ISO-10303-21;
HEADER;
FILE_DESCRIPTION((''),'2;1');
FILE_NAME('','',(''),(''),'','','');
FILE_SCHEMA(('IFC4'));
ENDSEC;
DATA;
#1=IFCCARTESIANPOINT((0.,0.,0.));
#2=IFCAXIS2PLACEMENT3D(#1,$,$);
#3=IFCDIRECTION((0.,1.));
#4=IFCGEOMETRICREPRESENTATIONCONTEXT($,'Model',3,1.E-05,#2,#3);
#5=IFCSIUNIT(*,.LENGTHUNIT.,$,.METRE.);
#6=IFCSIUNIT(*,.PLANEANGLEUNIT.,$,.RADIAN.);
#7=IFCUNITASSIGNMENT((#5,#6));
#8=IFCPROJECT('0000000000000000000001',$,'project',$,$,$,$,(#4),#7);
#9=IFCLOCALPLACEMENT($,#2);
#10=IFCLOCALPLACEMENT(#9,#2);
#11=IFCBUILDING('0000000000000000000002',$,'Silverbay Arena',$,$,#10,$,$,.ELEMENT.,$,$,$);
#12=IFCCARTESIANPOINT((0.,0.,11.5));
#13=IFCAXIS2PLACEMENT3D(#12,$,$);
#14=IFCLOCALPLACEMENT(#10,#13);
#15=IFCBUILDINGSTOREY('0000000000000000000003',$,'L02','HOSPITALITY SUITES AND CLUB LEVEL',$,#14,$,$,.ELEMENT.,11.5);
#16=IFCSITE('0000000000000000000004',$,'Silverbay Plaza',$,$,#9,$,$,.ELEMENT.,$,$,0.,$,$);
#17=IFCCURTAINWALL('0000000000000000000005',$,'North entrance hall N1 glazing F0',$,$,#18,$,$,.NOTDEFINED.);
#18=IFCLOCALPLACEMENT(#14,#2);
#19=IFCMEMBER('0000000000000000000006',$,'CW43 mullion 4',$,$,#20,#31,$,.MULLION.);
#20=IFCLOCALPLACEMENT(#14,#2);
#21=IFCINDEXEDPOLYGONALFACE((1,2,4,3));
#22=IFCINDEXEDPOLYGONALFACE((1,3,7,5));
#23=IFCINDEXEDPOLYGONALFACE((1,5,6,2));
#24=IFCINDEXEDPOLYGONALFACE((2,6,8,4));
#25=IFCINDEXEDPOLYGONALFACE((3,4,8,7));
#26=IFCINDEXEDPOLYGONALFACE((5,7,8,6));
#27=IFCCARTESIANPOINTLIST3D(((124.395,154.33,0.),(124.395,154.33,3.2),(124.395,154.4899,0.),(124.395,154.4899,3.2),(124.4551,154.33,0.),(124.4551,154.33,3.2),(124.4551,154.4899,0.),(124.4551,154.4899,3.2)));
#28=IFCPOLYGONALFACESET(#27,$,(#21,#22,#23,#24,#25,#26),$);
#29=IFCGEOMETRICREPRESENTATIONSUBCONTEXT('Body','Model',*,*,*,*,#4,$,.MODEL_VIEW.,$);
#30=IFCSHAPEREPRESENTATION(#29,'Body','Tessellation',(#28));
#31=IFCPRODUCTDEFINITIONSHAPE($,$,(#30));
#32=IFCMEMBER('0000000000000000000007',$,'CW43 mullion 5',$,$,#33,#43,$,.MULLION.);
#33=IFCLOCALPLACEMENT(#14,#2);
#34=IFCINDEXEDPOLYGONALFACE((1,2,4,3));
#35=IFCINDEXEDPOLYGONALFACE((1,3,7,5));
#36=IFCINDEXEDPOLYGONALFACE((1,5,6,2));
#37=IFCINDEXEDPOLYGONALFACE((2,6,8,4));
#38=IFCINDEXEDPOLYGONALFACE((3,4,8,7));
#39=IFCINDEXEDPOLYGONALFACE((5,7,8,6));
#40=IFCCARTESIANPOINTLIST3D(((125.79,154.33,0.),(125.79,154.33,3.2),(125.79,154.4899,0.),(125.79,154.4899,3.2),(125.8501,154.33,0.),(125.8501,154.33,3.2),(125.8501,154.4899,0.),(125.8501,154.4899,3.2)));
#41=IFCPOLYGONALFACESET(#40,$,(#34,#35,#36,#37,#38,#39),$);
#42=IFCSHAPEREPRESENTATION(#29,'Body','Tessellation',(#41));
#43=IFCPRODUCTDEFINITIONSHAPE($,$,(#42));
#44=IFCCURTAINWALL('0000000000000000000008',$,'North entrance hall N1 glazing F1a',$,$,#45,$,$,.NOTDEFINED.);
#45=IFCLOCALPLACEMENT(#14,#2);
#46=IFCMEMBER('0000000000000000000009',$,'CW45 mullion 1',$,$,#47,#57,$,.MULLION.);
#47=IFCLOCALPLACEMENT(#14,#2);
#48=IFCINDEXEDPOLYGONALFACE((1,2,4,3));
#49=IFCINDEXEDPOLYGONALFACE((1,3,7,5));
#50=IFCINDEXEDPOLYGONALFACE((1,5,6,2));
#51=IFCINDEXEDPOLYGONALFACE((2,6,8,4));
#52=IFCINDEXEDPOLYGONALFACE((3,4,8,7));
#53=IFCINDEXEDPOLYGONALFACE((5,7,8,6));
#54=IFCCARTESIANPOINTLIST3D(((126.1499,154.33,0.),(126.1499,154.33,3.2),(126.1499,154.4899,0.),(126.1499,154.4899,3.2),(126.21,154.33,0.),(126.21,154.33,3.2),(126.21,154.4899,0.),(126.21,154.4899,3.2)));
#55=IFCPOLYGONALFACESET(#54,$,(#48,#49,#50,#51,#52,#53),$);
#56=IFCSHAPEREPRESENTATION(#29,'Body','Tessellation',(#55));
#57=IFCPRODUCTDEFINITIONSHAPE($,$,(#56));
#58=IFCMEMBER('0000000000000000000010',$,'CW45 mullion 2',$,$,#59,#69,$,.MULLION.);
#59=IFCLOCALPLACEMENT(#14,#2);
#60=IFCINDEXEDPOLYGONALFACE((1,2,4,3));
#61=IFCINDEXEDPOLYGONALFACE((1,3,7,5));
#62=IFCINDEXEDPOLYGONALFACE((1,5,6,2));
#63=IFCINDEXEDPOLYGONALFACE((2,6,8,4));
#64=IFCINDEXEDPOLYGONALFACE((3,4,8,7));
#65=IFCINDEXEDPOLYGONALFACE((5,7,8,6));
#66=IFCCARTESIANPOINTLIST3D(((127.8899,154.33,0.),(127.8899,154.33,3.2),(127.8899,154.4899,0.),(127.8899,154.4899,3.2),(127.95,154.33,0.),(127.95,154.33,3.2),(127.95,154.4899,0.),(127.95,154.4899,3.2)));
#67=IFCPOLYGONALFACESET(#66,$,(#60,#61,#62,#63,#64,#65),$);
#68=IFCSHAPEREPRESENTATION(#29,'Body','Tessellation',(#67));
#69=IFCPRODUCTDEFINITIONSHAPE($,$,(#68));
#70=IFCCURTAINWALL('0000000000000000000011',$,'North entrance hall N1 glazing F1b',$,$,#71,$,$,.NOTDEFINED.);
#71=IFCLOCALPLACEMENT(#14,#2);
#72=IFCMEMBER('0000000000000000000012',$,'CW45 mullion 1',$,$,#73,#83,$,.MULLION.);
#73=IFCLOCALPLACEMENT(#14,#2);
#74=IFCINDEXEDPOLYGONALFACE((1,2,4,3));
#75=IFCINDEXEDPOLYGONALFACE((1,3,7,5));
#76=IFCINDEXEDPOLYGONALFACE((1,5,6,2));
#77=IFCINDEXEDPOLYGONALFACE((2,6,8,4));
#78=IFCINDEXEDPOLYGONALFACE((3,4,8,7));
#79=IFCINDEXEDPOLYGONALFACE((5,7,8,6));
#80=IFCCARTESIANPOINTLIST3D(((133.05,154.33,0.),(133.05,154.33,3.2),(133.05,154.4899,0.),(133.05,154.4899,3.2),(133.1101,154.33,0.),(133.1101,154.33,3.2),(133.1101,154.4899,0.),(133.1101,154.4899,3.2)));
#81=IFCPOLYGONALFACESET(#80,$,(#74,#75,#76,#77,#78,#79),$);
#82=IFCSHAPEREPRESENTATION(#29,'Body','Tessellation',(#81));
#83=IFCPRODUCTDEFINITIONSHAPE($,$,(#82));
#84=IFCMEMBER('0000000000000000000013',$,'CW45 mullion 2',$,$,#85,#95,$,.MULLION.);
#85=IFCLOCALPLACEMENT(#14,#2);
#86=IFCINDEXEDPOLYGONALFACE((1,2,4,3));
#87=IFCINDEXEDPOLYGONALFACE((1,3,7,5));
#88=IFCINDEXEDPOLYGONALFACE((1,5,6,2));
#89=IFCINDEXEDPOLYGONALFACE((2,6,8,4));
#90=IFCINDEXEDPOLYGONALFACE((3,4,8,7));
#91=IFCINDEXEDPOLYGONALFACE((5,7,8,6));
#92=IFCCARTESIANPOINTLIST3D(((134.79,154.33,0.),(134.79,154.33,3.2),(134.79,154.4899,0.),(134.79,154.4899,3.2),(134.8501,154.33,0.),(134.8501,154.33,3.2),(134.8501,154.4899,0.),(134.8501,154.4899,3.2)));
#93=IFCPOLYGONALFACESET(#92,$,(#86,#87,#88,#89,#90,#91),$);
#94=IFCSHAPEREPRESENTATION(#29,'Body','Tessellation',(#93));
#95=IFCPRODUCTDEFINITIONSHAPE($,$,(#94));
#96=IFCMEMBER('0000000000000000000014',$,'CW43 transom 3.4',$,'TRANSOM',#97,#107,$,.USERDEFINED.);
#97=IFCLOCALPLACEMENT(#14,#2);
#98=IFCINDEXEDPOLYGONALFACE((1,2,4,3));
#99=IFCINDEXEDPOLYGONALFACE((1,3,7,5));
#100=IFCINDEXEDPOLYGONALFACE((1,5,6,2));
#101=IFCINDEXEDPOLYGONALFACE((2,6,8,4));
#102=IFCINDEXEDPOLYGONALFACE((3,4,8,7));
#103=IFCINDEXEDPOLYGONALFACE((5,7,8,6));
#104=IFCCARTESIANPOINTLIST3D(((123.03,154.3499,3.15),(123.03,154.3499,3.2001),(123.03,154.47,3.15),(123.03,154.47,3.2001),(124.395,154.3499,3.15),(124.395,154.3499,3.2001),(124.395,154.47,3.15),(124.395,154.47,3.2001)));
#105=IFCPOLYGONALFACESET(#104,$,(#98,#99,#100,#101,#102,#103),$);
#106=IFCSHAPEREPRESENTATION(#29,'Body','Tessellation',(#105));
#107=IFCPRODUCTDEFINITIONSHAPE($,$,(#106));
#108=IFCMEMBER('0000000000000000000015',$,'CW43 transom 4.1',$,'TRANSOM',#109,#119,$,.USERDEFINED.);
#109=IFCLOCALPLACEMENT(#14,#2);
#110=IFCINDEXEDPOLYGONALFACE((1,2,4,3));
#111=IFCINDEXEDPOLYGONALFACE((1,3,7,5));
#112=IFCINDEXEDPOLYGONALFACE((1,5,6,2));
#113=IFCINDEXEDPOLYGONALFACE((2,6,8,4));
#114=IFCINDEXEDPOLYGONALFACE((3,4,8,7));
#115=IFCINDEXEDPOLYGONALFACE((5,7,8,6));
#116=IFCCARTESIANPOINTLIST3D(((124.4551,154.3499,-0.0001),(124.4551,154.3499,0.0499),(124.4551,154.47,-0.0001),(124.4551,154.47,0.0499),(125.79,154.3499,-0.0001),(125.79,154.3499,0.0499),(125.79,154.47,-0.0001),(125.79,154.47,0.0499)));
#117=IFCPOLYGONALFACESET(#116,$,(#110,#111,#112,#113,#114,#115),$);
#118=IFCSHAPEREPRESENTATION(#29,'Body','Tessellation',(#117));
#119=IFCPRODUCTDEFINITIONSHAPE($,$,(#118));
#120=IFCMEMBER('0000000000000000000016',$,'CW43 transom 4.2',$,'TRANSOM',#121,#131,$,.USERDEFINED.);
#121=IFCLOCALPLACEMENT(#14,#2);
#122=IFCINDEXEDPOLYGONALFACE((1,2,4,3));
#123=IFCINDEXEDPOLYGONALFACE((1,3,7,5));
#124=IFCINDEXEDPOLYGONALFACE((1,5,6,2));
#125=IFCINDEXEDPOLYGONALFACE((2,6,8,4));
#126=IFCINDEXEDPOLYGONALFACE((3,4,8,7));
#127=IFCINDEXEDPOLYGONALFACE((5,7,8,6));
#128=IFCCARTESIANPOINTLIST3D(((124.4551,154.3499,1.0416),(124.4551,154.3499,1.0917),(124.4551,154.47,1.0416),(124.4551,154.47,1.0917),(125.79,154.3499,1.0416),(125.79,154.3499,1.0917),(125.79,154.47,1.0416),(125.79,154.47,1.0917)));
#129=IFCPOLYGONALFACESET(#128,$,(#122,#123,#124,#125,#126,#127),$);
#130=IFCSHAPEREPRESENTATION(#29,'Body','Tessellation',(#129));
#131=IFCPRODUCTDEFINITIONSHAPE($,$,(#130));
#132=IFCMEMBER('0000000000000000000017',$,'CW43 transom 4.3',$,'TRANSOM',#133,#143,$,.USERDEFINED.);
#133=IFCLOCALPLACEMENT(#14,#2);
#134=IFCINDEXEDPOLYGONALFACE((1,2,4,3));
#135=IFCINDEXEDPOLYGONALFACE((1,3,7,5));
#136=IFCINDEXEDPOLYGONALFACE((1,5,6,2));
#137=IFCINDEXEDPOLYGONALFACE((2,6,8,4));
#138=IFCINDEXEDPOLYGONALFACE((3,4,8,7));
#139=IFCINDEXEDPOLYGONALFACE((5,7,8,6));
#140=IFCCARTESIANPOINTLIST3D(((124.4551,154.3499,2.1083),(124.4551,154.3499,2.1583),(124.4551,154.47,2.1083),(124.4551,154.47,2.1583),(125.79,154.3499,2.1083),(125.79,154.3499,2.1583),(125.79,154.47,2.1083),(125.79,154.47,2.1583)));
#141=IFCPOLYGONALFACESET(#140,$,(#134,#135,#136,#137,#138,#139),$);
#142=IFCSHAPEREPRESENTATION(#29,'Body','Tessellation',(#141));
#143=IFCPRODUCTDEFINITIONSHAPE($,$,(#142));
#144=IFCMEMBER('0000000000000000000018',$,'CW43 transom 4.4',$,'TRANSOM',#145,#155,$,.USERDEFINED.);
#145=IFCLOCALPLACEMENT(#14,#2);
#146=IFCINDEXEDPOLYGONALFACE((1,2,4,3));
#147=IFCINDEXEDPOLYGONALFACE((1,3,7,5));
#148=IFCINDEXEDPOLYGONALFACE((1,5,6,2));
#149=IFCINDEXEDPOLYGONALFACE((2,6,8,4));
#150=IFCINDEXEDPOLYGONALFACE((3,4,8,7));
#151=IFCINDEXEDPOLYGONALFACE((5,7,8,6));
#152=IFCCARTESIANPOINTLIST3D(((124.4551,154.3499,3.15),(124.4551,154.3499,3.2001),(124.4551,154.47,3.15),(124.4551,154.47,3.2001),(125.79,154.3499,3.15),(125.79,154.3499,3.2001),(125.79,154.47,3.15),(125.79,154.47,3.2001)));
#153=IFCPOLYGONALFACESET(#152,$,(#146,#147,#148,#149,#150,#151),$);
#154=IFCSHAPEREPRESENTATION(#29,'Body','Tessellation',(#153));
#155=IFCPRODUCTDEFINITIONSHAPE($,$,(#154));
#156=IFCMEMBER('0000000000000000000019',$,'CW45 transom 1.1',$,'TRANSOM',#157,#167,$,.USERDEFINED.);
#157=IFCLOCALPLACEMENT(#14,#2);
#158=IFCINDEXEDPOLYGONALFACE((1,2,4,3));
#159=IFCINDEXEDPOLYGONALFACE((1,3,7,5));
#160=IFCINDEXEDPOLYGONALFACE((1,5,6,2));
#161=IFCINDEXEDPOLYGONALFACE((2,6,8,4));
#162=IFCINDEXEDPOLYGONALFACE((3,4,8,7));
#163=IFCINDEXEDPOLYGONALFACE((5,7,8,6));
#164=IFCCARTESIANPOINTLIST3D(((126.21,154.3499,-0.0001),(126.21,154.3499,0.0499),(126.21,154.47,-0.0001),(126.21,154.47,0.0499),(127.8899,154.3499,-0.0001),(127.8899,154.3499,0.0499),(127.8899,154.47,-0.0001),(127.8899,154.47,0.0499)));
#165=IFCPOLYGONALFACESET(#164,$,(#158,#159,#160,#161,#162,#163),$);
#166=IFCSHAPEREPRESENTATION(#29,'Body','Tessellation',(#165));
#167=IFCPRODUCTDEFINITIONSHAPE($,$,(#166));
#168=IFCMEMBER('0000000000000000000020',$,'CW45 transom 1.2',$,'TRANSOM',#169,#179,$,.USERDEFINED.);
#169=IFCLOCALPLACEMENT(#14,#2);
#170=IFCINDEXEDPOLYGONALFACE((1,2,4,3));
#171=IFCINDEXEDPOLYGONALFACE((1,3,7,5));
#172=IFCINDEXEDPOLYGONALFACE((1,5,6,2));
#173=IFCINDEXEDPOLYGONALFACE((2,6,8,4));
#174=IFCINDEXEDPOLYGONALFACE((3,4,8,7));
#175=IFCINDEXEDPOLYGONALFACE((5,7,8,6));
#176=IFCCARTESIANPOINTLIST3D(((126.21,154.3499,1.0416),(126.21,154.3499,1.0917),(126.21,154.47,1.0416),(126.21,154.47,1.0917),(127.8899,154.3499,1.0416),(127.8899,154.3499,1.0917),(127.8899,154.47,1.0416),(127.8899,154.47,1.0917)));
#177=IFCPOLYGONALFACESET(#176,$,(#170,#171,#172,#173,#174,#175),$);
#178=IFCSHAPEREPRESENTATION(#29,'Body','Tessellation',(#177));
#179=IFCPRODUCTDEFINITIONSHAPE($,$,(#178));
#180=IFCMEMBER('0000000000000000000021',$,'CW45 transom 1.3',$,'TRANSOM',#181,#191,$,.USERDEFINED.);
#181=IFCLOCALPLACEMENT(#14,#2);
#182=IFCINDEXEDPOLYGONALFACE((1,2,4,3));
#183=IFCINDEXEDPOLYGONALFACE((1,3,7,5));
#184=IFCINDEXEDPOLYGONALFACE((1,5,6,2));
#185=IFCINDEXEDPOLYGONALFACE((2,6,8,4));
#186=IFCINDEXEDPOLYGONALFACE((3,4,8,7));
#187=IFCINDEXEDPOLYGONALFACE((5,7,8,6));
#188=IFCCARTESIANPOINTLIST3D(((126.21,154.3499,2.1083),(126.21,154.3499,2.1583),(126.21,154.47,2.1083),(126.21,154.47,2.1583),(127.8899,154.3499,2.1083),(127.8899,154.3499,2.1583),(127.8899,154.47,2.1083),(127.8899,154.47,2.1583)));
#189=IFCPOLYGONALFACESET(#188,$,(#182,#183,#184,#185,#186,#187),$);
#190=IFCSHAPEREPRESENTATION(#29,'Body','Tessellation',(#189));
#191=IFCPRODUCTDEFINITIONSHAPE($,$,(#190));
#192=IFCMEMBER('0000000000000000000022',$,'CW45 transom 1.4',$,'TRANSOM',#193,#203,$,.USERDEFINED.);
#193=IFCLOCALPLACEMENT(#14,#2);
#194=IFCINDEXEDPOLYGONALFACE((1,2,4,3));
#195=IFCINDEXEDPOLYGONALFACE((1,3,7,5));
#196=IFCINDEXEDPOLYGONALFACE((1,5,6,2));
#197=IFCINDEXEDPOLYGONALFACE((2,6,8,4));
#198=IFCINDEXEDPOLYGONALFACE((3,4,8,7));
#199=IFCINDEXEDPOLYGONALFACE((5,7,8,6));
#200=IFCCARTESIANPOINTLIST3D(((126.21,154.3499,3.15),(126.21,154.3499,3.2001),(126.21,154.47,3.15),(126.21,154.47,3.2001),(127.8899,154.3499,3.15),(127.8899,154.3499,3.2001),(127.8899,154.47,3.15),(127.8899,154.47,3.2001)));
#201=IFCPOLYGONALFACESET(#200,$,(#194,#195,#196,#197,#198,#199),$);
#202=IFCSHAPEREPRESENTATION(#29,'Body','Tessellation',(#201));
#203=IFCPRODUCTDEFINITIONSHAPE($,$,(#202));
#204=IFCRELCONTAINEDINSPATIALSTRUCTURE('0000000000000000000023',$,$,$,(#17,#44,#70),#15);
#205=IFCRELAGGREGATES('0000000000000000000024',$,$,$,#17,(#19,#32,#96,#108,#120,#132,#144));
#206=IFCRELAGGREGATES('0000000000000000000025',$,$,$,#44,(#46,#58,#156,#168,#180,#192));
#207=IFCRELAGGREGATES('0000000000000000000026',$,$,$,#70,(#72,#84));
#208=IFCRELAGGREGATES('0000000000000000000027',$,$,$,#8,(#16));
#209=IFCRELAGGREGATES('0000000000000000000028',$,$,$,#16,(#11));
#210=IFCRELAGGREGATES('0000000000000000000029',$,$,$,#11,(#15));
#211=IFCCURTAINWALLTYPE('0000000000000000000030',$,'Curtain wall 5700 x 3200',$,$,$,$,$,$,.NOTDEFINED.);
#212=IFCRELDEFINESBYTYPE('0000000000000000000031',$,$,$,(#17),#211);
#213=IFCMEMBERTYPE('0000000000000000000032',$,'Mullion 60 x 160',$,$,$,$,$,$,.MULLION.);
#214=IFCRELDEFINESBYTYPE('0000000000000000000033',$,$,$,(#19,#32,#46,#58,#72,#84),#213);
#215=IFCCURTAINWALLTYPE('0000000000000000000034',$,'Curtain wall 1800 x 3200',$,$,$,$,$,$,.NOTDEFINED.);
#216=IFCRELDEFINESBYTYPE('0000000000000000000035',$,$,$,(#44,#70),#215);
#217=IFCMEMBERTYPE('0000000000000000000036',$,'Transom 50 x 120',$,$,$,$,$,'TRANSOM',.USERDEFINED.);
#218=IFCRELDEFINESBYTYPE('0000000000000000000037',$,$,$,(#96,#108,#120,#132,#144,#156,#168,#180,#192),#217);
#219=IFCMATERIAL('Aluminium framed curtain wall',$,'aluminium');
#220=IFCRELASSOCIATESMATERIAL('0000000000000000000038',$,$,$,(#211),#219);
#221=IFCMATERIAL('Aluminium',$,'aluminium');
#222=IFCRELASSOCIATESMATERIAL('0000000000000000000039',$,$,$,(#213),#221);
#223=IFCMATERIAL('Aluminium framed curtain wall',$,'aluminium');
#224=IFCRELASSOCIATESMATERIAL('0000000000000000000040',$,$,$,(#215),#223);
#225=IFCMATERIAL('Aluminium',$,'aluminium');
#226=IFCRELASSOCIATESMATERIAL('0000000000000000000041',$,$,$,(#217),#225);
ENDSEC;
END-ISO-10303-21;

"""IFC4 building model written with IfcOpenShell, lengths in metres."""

from ifc_helpers import new_model, si_unit, direction, frame, origin, origin_2d, place, context, subcontext, project, spatial, rectangle, extrude, material, material_profile, profile_set, type_object, element, aggregate, save


model = new_model("IFC4")

# Units and contexts
model_context = context("Model", 3, precision=1e-05, world=origin(), true_north=direction((0.0, 1.0)))
body_context = subcontext(model_context, "Body", "Model", "MODEL_VIEW")
ifc_project = project(units=[si_unit("LENGTHUNIT", "METRE"), si_unit("PLANEANGLEUNIT", "RADIAN")], contexts=[model_context])

# Site, building, storey
site_placement = place(None, origin())
site = spatial("IfcSite", under=ifc_project, at=site_placement, Name="Silverbay Plaza", CompositionType="ELEMENT", RefElevation=0.0)
building_placement = place(site_placement, origin())
building = spatial("IfcBuilding", under=site, at=building_placement, Name="Silverbay Arena", CompositionType="ELEMENT")
storey_placement = place(building_placement, frame((0.0, 0.0, 11.5)))
storey = spatial("IfcBuildingStorey", under=building, at=storey_placement, Name="L02", Description="HOSPITALITY SUITES AND CLUB LEVEL", CompositionType="ELEMENT", Elevation=11.5)

# Curtain walls, members
ifc_material_1 = material(Name="Aluminium framed curtain wall", Category="aluminium")
curtain_wall_type_1 = type_object("IfcCurtainWallType", Name="Curtain wall 5700 x 3200", PredefinedType="NOTDEFINED", material=ifc_material_1)
curtain_wall_1_placement = place(storey_placement, origin())
curtain_wall_1 = element("IfcCurtainWall", 1, at=curtain_wall_1_placement, inside=storey, type_object=curtain_wall_type_1, Name="North entrance hall N1 glazing F0", PredefinedType="NOTDEFINED")
ifc_material_2 = material(Name="Aluminium", Category="aluminium")
ifc_material_profile_1 = material_profile(ifc_material_2, rectangle(XDim=0.1599, YDim=0.0601, at=origin_2d()), Name="Mullion 60 x 160")
ifc_profile_set_1 = profile_set([ifc_material_profile_1], Name="Aluminium")
member_type_1 = type_object("IfcMemberType", Name="Mullion 60 x 160", PredefinedType="MULLION", material=ifc_profile_set_1)
member_1_placement = place(storey_placement, frame((124.425, 154.4099, 0.0), z_axis=(0.0, 0.0, 1.0), x_axis=(0.0, 1.0, 0.0)))
member_1 = element("IfcMember", 2, at=member_1_placement, type_object=member_type_1, Name="CW43 mullion 4", PredefinedType="MULLION", context=body_context, shape_type="SweptSolid", body=[
    extrude(rectangle(XDim=0.1599, YDim=0.0601, at=origin_2d()), origin(), (0.0, 0.0, 1.0), 3.2),
])
member_2_placement = place(storey_placement, frame((125.8201, 154.4099, 0.0), z_axis=(0.0, 0.0, 1.0), x_axis=(0.0, 1.0, 0.0)))
member_2 = element("IfcMember", 3, at=member_2_placement, type_object=member_type_1, Name="CW43 mullion 5", PredefinedType="MULLION", context=body_context, shape_type="SweptSolid", body=[
    extrude(rectangle(XDim=0.1599, YDim=0.0601, at=origin_2d()), origin(), (0.0, 0.0, 1.0), 3.2),
])
ifc_material_3 = material(Name="Aluminium framed curtain wall", Category="aluminium")
curtain_wall_type_2 = type_object("IfcCurtainWallType", Name="Curtain wall 1800 x 3200", PredefinedType="NOTDEFINED", material=ifc_material_3)
curtain_wall_2_placement = place(storey_placement, origin())
curtain_wall_2 = element("IfcCurtainWall", 4, at=curtain_wall_2_placement, inside=storey, type_object=curtain_wall_type_2, Name="North entrance hall N1 glazing F1a", PredefinedType="NOTDEFINED")
member_3_placement = place(storey_placement, frame((126.1799, 154.4099, 0.0), z_axis=(0.0, 0.0, 1.0), x_axis=(0.0, 1.0, 0.0)))
member_3 = element("IfcMember", 5, at=member_3_placement, type_object=member_type_1, Name="CW45 mullion 1", PredefinedType="MULLION", context=body_context, shape_type="SweptSolid", body=[
    extrude(rectangle(XDim=0.1599, YDim=0.0601, at=origin_2d()), origin(), (0.0, 0.0, 1.0), 3.2),
])
member_4_placement = place(storey_placement, frame((127.9199, 154.4099, 0.0), z_axis=(0.0, 0.0, 1.0), x_axis=(0.0, 1.0, 0.0)))
member_4 = element("IfcMember", 6, at=member_4_placement, type_object=member_type_1, Name="CW45 mullion 2", PredefinedType="MULLION", context=body_context, shape_type="SweptSolid", body=[
    extrude(rectangle(XDim=0.1599, YDim=0.0601, at=origin_2d()), origin(), (0.0, 0.0, 1.0), 3.2),
])
curtain_wall_3_placement = place(storey_placement, origin())
curtain_wall_3 = element("IfcCurtainWall", 7, at=curtain_wall_3_placement, inside=storey, type_object=curtain_wall_type_2, Name="North entrance hall N1 glazing F1b", PredefinedType="NOTDEFINED")
member_5_placement = place(storey_placement, frame((133.0801, 154.4099, 0.0), z_axis=(0.0, 0.0, 1.0), x_axis=(0.0, 1.0, 0.0)))
member_5 = element("IfcMember", 8, at=member_5_placement, type_object=member_type_1, Name="CW45 mullion 1", PredefinedType="MULLION", context=body_context, shape_type="SweptSolid", body=[
    extrude(rectangle(XDim=0.1599, YDim=0.0601, at=origin_2d()), origin(), (0.0, 0.0, 1.0), 3.2),
])
member_6_placement = place(storey_placement, frame((134.8201, 154.4099, 0.0), z_axis=(0.0, 0.0, 1.0), x_axis=(0.0, 1.0, 0.0)))
member_6 = element("IfcMember", 9, at=member_6_placement, type_object=member_type_1, Name="CW45 mullion 2", PredefinedType="MULLION", context=body_context, shape_type="SweptSolid", body=[
    extrude(rectangle(XDim=0.1599, YDim=0.0601, at=origin_2d()), origin(), (0.0, 0.0, 1.0), 3.2),
])

# Members
ifc_material_4 = material(Name="Aluminium", Category="aluminium")
ifc_material_profile_2 = material_profile(ifc_material_4, rectangle(XDim=0.1201, YDim=0.05, at=origin_2d()), Name="Transom 50 x 120")
ifc_profile_set_2 = profile_set([ifc_material_profile_2], Name="Aluminium")
member_type_2 = type_object("IfcMemberType", Name="Transom 50 x 120", ElementType="TRANSOM", PredefinedType="USERDEFINED", material=ifc_profile_set_2)
member_7_placement = place(storey_placement, frame((123.03, 154.4099, 3.175), z_axis=(1.0, 0.0, 0.0), x_axis=(0.0, 1.0, 0.0)))
member_7 = element("IfcMember", 10, at=member_7_placement, type_object=member_type_2, Name="CW43 transom 3.4", ObjectType="TRANSOM", PredefinedType="USERDEFINED", context=body_context, shape_type="SweptSolid", body=[
    extrude(rectangle(XDim=0.1201, YDim=0.05, at=origin_2d()), origin(), (0.0, 0.0, 1.0), 1.365),
])
member_8_placement = place(storey_placement, frame((124.4551, 154.4099, 0.0249), z_axis=(1.0, 0.0, 0.0), x_axis=(0.0, 1.0, 0.0)))
member_8 = element("IfcMember", 11, at=member_8_placement, type_object=member_type_2, Name="CW43 transom 4.1", ObjectType="TRANSOM", PredefinedType="USERDEFINED", context=body_context, shape_type="SweptSolid", body=[
    extrude(rectangle(XDim=0.1201, YDim=0.05, at=origin_2d()), origin(), (0.0, 0.0, 1.0), 1.335),
])
member_9_placement = place(storey_placement, frame((124.4551, 154.4099, 1.0667), z_axis=(1.0, 0.0, 0.0), x_axis=(0.0, 1.0, 0.0)))
member_9 = element("IfcMember", 12, at=member_9_placement, type_object=member_type_2, Name="CW43 transom 4.2", ObjectType="TRANSOM", PredefinedType="USERDEFINED", context=body_context, shape_type="SweptSolid", body=[
    extrude(rectangle(XDim=0.1201, YDim=0.05, at=origin_2d()), origin(), (0.0, 0.0, 1.0), 1.335),
])
member_10_placement = place(storey_placement, frame((124.4551, 154.4099, 2.1333), z_axis=(1.0, 0.0, 0.0), x_axis=(0.0, 1.0, 0.0)))
member_10 = element("IfcMember", 13, at=member_10_placement, type_object=member_type_2, Name="CW43 transom 4.3", ObjectType="TRANSOM", PredefinedType="USERDEFINED", context=body_context, shape_type="SweptSolid", body=[
    extrude(rectangle(XDim=0.1201, YDim=0.05, at=origin_2d()), origin(), (0.0, 0.0, 1.0), 1.335),
])
member_11_placement = place(storey_placement, frame((124.4551, 154.4099, 3.175), z_axis=(1.0, 0.0, 0.0), x_axis=(0.0, 1.0, 0.0)))
member_11 = element("IfcMember", 14, at=member_11_placement, type_object=member_type_2, Name="CW43 transom 4.4", ObjectType="TRANSOM", PredefinedType="USERDEFINED", context=body_context, shape_type="SweptSolid", body=[
    extrude(rectangle(XDim=0.1201, YDim=0.05, at=origin_2d()), origin(), (0.0, 0.0, 1.0), 1.335),
])
member_12_placement = place(storey_placement, frame((126.21, 154.4099, 0.0249), z_axis=(1.0, 0.0, 0.0), x_axis=(0.0, 1.0, 0.0)))
member_12 = element("IfcMember", 15, at=member_12_placement, type_object=member_type_2, Name="CW45 transom 1.1", ObjectType="TRANSOM", PredefinedType="USERDEFINED", context=body_context, shape_type="SweptSolid", body=[
    extrude(rectangle(XDim=0.1201, YDim=0.05, at=origin_2d()), origin(), (0.0, 0.0, 1.0), 1.6799),
])
member_13_placement = place(storey_placement, frame((126.21, 154.4099, 1.0667), z_axis=(1.0, 0.0, 0.0), x_axis=(0.0, 1.0, 0.0)))
member_13 = element("IfcMember", 16, at=member_13_placement, type_object=member_type_2, Name="CW45 transom 1.2", ObjectType="TRANSOM", PredefinedType="USERDEFINED", context=body_context, shape_type="SweptSolid", body=[
    extrude(rectangle(XDim=0.1201, YDim=0.05, at=origin_2d()), origin(), (0.0, 0.0, 1.0), 1.6799),
])
member_14_placement = place(storey_placement, frame((126.21, 154.4099, 2.1333), z_axis=(1.0, 0.0, 0.0), x_axis=(0.0, 1.0, 0.0)))
member_14 = element("IfcMember", 17, at=member_14_placement, type_object=member_type_2, Name="CW45 transom 1.3", ObjectType="TRANSOM", PredefinedType="USERDEFINED", context=body_context, shape_type="SweptSolid", body=[
    extrude(rectangle(XDim=0.1201, YDim=0.05, at=origin_2d()), origin(), (0.0, 0.0, 1.0), 1.6799),
])
member_15_placement = place(storey_placement, frame((126.21, 154.4099, 3.175), z_axis=(1.0, 0.0, 0.0), x_axis=(0.0, 1.0, 0.0)))
member_15 = element("IfcMember", 18, at=member_15_placement, type_object=member_type_2, Name="CW45 transom 1.4", ObjectType="TRANSOM", PredefinedType="USERDEFINED", context=body_context, shape_type="SweptSolid", body=[
    extrude(rectangle(XDim=0.1201, YDim=0.05, at=origin_2d()), origin(), (0.0, 0.0, 1.0), 1.6799),
])

aggregate(curtain_wall_1, [member_1, member_2, member_7, member_8, member_9, member_10, member_11])
aggregate(curtain_wall_2, [member_3, member_4, member_12, member_13, member_14, member_15])
aggregate(curtain_wall_3, [member_5, member_6])

save(model, "model.ifc")
